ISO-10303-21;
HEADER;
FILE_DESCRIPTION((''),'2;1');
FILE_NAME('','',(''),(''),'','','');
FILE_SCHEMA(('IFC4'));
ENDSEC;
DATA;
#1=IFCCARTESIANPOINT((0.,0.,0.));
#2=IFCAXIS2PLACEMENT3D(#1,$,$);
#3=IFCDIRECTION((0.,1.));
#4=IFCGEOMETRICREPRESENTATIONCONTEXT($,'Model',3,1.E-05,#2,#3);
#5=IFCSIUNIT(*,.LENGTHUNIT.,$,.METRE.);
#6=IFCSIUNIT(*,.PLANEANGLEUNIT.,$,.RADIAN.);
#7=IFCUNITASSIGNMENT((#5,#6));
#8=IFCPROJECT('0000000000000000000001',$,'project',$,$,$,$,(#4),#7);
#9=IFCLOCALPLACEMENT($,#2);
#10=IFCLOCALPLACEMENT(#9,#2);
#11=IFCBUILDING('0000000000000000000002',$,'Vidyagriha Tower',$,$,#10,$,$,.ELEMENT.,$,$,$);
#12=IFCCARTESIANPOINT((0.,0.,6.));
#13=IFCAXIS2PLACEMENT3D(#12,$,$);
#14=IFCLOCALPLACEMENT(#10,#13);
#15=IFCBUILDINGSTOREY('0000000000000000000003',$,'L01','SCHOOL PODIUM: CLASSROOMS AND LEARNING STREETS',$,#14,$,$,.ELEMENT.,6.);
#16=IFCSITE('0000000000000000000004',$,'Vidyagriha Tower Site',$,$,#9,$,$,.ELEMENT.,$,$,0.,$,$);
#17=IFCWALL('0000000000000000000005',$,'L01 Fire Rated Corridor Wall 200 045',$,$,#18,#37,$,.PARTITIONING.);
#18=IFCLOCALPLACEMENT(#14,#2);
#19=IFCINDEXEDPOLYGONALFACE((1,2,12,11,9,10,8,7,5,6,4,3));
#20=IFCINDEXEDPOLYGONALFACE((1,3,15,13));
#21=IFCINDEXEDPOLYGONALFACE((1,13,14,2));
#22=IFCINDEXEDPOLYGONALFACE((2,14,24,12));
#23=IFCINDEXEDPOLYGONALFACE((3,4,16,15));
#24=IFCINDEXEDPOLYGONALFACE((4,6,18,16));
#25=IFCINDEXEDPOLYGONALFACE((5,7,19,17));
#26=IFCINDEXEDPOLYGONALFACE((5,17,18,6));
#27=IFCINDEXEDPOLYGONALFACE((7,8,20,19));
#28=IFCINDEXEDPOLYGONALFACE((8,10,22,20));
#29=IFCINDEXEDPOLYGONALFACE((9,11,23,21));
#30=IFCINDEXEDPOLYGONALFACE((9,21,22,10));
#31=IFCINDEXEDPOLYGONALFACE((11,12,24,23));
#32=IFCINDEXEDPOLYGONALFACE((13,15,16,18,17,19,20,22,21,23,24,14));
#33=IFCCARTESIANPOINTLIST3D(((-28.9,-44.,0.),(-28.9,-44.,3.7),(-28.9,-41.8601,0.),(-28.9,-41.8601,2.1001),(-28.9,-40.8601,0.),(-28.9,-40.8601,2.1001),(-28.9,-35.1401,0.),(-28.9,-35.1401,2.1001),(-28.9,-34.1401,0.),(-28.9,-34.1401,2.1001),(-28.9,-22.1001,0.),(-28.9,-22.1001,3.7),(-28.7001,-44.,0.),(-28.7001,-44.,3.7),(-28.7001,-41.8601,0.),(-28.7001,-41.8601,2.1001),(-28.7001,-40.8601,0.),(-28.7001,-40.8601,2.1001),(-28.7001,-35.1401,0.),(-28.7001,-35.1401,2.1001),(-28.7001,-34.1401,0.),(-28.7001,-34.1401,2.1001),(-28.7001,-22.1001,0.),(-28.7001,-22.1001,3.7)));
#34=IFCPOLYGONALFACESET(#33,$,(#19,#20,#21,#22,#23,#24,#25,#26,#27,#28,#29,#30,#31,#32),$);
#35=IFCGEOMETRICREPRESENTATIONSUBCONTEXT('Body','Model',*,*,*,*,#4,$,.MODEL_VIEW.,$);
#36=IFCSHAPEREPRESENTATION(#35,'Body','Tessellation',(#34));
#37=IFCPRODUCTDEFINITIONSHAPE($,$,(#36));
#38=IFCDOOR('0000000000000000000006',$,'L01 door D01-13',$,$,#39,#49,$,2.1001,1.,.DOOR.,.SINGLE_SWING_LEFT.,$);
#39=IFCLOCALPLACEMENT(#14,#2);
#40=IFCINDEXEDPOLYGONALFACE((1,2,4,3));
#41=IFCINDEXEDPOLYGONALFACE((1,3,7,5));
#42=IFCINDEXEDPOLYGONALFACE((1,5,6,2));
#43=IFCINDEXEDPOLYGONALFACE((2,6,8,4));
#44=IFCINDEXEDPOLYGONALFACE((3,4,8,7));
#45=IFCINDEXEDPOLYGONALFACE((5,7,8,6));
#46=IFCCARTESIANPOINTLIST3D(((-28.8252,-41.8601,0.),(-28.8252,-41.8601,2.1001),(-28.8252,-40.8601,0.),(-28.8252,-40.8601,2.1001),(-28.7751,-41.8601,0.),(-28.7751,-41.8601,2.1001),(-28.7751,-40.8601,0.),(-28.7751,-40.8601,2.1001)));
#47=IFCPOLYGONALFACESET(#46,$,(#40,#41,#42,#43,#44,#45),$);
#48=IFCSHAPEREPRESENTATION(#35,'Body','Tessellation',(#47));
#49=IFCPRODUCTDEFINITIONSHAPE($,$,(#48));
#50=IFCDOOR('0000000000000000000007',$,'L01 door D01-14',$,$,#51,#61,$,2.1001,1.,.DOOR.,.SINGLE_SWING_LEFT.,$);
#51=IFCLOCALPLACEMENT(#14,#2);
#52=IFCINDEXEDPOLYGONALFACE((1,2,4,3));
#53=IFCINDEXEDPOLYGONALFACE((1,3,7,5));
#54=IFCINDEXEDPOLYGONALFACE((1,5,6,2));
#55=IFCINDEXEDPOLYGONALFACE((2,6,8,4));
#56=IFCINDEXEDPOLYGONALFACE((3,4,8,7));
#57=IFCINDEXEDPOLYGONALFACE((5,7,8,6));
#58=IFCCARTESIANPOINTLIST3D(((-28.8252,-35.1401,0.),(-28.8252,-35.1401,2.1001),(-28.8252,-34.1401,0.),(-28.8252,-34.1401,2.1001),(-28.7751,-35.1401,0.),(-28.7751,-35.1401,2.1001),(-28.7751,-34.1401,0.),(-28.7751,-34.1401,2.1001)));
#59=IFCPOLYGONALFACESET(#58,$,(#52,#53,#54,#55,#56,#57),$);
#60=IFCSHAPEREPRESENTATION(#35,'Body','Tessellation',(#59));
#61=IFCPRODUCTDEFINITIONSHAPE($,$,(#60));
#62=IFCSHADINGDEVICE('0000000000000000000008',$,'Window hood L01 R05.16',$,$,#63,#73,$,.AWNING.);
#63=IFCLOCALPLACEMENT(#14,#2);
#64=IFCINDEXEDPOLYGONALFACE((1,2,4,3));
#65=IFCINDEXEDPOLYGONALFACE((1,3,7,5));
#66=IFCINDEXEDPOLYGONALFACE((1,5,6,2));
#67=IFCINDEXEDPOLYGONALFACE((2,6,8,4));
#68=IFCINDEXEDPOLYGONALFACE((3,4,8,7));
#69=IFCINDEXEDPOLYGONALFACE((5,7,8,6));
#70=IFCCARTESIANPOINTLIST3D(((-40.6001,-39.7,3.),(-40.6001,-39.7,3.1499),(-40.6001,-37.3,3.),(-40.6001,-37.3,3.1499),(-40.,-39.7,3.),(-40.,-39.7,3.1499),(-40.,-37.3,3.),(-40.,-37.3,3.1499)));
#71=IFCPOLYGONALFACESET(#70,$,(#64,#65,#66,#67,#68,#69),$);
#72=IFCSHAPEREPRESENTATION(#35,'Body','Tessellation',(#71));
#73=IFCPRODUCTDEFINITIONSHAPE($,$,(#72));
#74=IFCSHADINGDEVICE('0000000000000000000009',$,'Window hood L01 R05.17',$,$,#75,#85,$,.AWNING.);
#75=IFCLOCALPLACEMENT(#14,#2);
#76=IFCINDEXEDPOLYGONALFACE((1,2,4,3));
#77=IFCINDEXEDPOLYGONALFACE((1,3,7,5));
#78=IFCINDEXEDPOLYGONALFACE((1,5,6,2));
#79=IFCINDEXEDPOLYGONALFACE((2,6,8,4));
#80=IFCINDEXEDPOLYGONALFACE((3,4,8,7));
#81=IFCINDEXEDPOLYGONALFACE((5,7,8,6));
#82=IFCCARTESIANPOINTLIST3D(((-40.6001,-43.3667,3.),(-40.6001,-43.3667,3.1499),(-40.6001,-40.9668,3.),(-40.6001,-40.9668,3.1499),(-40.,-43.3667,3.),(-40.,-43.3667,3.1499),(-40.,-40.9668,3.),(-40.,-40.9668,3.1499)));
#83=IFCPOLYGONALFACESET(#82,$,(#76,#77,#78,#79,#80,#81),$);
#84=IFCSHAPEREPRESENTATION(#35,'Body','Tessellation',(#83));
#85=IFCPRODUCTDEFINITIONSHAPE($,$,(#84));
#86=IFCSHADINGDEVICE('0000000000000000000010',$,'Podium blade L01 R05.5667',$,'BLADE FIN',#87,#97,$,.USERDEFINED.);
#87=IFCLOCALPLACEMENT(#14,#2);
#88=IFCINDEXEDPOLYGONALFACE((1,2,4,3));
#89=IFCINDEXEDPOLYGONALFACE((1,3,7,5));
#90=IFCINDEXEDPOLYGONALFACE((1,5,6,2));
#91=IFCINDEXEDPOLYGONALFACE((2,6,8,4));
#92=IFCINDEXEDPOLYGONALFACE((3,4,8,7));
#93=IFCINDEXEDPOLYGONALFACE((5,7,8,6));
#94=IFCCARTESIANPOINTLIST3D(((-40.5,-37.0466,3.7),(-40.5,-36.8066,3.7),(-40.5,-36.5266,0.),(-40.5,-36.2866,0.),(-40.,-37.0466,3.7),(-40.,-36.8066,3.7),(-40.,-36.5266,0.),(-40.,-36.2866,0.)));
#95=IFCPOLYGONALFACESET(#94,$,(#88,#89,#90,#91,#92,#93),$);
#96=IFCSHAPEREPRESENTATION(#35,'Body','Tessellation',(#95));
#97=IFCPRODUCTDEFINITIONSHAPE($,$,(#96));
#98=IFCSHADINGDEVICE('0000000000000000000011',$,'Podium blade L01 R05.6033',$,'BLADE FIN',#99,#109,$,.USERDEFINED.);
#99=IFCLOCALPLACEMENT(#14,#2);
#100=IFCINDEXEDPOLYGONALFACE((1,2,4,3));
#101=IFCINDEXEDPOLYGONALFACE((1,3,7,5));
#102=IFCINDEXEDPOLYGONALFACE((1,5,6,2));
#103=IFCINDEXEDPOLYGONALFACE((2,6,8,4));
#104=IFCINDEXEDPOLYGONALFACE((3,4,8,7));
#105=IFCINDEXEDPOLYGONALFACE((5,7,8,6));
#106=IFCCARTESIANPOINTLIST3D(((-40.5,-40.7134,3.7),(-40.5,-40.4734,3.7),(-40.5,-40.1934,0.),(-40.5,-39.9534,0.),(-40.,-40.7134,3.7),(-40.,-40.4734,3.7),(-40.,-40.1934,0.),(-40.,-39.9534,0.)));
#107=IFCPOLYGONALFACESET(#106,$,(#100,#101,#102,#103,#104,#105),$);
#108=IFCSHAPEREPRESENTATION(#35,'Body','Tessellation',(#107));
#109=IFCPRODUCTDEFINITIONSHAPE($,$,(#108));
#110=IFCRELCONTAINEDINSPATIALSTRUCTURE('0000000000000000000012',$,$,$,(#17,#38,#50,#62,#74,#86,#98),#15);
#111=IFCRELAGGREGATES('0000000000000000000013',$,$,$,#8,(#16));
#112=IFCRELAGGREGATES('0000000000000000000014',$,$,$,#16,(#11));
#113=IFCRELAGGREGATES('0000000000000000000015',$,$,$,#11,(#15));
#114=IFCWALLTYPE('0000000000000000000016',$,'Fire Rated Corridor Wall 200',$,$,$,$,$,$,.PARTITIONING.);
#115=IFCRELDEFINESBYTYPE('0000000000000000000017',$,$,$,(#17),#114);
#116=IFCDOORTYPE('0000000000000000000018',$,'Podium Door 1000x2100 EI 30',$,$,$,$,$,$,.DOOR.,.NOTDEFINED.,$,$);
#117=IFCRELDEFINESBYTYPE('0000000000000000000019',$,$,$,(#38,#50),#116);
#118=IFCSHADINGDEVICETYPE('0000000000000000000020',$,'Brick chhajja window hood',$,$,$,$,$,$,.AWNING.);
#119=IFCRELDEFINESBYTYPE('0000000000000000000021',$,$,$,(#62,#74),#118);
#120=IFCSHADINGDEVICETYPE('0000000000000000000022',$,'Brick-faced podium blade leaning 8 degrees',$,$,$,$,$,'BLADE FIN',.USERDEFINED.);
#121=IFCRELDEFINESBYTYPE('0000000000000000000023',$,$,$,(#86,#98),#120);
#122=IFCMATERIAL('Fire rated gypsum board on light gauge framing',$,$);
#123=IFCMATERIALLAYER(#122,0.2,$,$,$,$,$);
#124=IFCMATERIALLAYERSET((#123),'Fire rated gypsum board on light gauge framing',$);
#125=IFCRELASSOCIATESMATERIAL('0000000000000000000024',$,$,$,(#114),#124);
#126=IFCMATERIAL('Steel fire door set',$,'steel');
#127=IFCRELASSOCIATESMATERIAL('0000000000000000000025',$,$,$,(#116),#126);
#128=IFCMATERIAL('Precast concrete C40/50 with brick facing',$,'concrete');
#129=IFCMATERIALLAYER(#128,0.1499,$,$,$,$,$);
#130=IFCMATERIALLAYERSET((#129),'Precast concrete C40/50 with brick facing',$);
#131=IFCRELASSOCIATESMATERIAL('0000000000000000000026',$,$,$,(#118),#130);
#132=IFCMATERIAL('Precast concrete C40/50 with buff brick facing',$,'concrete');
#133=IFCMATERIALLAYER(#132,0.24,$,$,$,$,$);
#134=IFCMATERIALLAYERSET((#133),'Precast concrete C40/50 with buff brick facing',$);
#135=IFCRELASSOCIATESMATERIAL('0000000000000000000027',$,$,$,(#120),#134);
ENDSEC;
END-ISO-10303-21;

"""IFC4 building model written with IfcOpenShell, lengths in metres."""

from ifc_helpers import new_model, si_unit, direction, frame, frame_2d, origin, origin_2d, place, context, subcontext, project, spatial, polyline, rectangle, outline, extrude, material, layer, layer_set, type_object, element, fill, save


model = new_model("IFC4")

# Units and contexts
model_context = context("Model", 3, precision=1e-05, world=origin(), true_north=direction((0.0, 1.0)))
body_context = subcontext(model_context, "Body", "Model", "MODEL_VIEW")
ifc_project = project(units=[si_unit("LENGTHUNIT", "METRE"), si_unit("PLANEANGLEUNIT", "RADIAN")], contexts=[model_context])

# Site, building, storey
site_placement = place(None, origin())
site = spatial("IfcSite", under=ifc_project, at=site_placement, Name="Vidyagriha Tower Site", CompositionType="ELEMENT", RefElevation=0.0)
building_placement = place(site_placement, origin())
building = spatial("IfcBuilding", under=site, at=building_placement, Name="Vidyagriha Tower", CompositionType="ELEMENT")
storey_placement = place(building_placement, frame((0.0, 0.0, 6.0)))
storey = spatial("IfcBuildingStorey", under=building, at=storey_placement, Name="L01", Description="SCHOOL PODIUM: CLASSROOMS AND LEARNING STREETS", CompositionType="ELEMENT", Elevation=6.0)

# Shared definitions
ifc_material_1 = material(Name="Fire rated gypsum board on light gauge framing")
ifc_layer_1 = layer(ifc_material_1, 0.2)
ifc_layer_set_1 = layer_set([ifc_layer_1], Name="Fire rated gypsum board on light gauge framing")
wall_type_1 = type_object("IfcWallType", Name="Fire Rated Corridor Wall 200", PredefinedType="PARTITIONING", material=ifc_layer_set_1)

# Wall, openings, doors
wall_1_placement = place(storey_placement, frame((-28.8, -44.0, 0.0), z_axis=(0.0, 0.0, 1.0), x_axis=(0.0, 1.0, 0.0)))
wall_1 = element("IfcWall", 1, at=wall_1_placement, inside=storey, type_object=wall_type_1, Name="L01 Fire Rated Corridor Wall 200 045", PredefinedType="PARTITIONING", context=body_context, shape_type="SweptSolid", body=[
    extrude(rectangle(XDim=21.8999, YDim=0.2, at=frame_2d((10.95, 0.0))), origin(), (0.0, 0.0, 1.0), 3.7),
])
opening_1_placement = place(wall_1_placement, frame((2.1399, 0.0, 0.0)))
opening_1 = element("IfcOpeningElement", 2, at=opening_1_placement, cuts=wall_1, PredefinedType="OPENING", context=body_context, shape_type="SweptSolid", body=[
    extrude(rectangle(XDim=1.0, YDim=2.1001, at=frame_2d((0.5, 1.05))), frame((0.0, 0.1099, 0.0), z_axis=(0.0, -1.0, 0.0), x_axis=(1.0, 0.0, 0.0)), (0.0, 0.0, 1.0), 0.22),
])
opening_2_placement = place(wall_1_placement, frame((8.8599, 0.0, 0.0)))
opening_2 = element("IfcOpeningElement", 3, at=opening_2_placement, cuts=wall_1, PredefinedType="OPENING", context=body_context, shape_type="SweptSolid", body=[
    extrude(rectangle(XDim=1.0, YDim=2.1001, at=frame_2d((0.5, 1.05))), frame((0.0, 0.1099, 0.0), z_axis=(0.0, -1.0, 0.0), x_axis=(1.0, 0.0, 0.0)), (0.0, 0.0, 1.0), 0.22),
])
ifc_material_2 = material(Name="Steel fire door set", Category="steel")
door_type = type_object("IfcDoorType", Name="Podium Door 1000x2100 EI 30", OperationType="NOTDEFINED", PredefinedType="DOOR", material=ifc_material_2)
door_1_placement = place(opening_1_placement, frame((1.0, 0.0, 0.0), z_axis=(0.0, 0.0, 1.0), x_axis=(-1.0, 0.0, 0.0)))
door_1 = element("IfcDoor", 4, at=door_1_placement, inside=storey, type_object=door_type, Name="L01 door D01-13", OperationType="SINGLE_SWING_LEFT", OverallHeight=2.1001, OverallWidth=1.0, PredefinedType="DOOR", context=body_context, shape_type="SweptSolid", body=[
    extrude(rectangle(XDim=1.0, YDim=2.1001, at=frame_2d((0.5, 1.05))), frame((0.0, 0.0249, 0.0), z_axis=(0.0, -1.0, 0.0), x_axis=(1.0, 0.0, 0.0)), (0.0, 0.0, 1.0), 0.05),
])
fill(opening_1, door_1)
door_2_placement = place(opening_2_placement, frame((1.0, 0.0, 0.0), z_axis=(0.0, 0.0, 1.0), x_axis=(-1.0, 0.0, 0.0)))
door_2 = element("IfcDoor", 5, at=door_2_placement, inside=storey, type_object=door_type, Name="L01 door D01-14", OperationType="SINGLE_SWING_LEFT", OverallHeight=2.1001, OverallWidth=1.0, PredefinedType="DOOR", context=body_context, shape_type="SweptSolid", body=[
    extrude(rectangle(XDim=1.0, YDim=2.1001, at=frame_2d((0.5, 1.05))), frame((0.0, 0.0249, 0.0), z_axis=(0.0, -1.0, 0.0), x_axis=(1.0, 0.0, 0.0)), (0.0, 0.0, 1.0), 0.05),
])
fill(opening_2, door_2)

# Shading devices
ifc_material_3 = material(Name="Precast concrete C40/50 with brick facing", Category="concrete")
ifc_layer_2 = layer(ifc_material_3, 0.1499)
ifc_layer_set_2 = layer_set([ifc_layer_2], Name="Precast concrete C40/50 with brick facing")
shading_device_type_1 = type_object("IfcShadingDeviceType", Name="Brick chhajja window hood", PredefinedType="AWNING", material=ifc_layer_set_2)
for number, where, z_axis, x_axis, name in (
    (6, (-40.3, -38.5, 3.0), (0.0, 0.0, 1.0), (0.0, -1.0, 0.0), "Window hood L01 R05.16"),
    (7, (-40.3, -42.1667, 3.0), (0.0, 0.0, 1.0), (0.0, -1.0, 0.0), "Window hood L01 R05.17"),
):
    element("IfcShadingDevice", number, at=place(storey_placement, frame(where, z_axis=z_axis, x_axis=x_axis)), inside=storey, type_object=shading_device_type_1, Name=name, PredefinedType="AWNING", context=body_context, shape_type="SweptSolid", body=[
        extrude(rectangle(XDim=2.3999, YDim=0.6001, at=origin_2d()), origin(), (0.0, 0.0, 1.0), 0.1499),
    ])
ifc_material_4 = material(Name="Precast concrete C40/50 with buff brick facing", Category="concrete")
ifc_layer_3 = layer(ifc_material_4, 0.24)
ifc_layer_set_3 = layer_set([ifc_layer_3], Name="Precast concrete C40/50 with buff brick facing")
shading_device_type_2 = type_object("IfcShadingDeviceType", Name="Brick-faced podium blade leaning 8 degrees", ElementType="BLADE FIN", PredefinedType="USERDEFINED", material=ifc_layer_set_3)
for number, where, z_axis, x_axis, name in (
    (8, (-40.25, -36.2866, 0.0), (0.0, 0.0, 1.0), (0.0, -1.0, 0.0), "Podium blade L01 R05.5667"),
    (9, (-40.25, -39.9534, 0.0), (0.0, 0.0, 1.0), (0.0, -1.0, 0.0), "Podium blade L01 R05.6033"),
):
    element("IfcShadingDevice", number, at=place(storey_placement, frame(where, z_axis=z_axis, x_axis=x_axis)), inside=storey, type_object=shading_device_type_2, Name=name, ObjectType="BLADE FIN", PredefinedType="USERDEFINED", context=body_context, shape_type="SweptSolid", body=[
        extrude(outline(polyline([(0.0, 0.0), (0.24, 0.0), (0.76, 3.7), (0.52, 3.7), (0.0, 0.0)])), frame((0.0, 0.25, 0.0), z_axis=(0.0, -1.0, 0.0), x_axis=(1.0, 0.0, 0.0)), (0.0, 0.0, 1.0), 0.5),
    ])

save(model, "model.ifc")
